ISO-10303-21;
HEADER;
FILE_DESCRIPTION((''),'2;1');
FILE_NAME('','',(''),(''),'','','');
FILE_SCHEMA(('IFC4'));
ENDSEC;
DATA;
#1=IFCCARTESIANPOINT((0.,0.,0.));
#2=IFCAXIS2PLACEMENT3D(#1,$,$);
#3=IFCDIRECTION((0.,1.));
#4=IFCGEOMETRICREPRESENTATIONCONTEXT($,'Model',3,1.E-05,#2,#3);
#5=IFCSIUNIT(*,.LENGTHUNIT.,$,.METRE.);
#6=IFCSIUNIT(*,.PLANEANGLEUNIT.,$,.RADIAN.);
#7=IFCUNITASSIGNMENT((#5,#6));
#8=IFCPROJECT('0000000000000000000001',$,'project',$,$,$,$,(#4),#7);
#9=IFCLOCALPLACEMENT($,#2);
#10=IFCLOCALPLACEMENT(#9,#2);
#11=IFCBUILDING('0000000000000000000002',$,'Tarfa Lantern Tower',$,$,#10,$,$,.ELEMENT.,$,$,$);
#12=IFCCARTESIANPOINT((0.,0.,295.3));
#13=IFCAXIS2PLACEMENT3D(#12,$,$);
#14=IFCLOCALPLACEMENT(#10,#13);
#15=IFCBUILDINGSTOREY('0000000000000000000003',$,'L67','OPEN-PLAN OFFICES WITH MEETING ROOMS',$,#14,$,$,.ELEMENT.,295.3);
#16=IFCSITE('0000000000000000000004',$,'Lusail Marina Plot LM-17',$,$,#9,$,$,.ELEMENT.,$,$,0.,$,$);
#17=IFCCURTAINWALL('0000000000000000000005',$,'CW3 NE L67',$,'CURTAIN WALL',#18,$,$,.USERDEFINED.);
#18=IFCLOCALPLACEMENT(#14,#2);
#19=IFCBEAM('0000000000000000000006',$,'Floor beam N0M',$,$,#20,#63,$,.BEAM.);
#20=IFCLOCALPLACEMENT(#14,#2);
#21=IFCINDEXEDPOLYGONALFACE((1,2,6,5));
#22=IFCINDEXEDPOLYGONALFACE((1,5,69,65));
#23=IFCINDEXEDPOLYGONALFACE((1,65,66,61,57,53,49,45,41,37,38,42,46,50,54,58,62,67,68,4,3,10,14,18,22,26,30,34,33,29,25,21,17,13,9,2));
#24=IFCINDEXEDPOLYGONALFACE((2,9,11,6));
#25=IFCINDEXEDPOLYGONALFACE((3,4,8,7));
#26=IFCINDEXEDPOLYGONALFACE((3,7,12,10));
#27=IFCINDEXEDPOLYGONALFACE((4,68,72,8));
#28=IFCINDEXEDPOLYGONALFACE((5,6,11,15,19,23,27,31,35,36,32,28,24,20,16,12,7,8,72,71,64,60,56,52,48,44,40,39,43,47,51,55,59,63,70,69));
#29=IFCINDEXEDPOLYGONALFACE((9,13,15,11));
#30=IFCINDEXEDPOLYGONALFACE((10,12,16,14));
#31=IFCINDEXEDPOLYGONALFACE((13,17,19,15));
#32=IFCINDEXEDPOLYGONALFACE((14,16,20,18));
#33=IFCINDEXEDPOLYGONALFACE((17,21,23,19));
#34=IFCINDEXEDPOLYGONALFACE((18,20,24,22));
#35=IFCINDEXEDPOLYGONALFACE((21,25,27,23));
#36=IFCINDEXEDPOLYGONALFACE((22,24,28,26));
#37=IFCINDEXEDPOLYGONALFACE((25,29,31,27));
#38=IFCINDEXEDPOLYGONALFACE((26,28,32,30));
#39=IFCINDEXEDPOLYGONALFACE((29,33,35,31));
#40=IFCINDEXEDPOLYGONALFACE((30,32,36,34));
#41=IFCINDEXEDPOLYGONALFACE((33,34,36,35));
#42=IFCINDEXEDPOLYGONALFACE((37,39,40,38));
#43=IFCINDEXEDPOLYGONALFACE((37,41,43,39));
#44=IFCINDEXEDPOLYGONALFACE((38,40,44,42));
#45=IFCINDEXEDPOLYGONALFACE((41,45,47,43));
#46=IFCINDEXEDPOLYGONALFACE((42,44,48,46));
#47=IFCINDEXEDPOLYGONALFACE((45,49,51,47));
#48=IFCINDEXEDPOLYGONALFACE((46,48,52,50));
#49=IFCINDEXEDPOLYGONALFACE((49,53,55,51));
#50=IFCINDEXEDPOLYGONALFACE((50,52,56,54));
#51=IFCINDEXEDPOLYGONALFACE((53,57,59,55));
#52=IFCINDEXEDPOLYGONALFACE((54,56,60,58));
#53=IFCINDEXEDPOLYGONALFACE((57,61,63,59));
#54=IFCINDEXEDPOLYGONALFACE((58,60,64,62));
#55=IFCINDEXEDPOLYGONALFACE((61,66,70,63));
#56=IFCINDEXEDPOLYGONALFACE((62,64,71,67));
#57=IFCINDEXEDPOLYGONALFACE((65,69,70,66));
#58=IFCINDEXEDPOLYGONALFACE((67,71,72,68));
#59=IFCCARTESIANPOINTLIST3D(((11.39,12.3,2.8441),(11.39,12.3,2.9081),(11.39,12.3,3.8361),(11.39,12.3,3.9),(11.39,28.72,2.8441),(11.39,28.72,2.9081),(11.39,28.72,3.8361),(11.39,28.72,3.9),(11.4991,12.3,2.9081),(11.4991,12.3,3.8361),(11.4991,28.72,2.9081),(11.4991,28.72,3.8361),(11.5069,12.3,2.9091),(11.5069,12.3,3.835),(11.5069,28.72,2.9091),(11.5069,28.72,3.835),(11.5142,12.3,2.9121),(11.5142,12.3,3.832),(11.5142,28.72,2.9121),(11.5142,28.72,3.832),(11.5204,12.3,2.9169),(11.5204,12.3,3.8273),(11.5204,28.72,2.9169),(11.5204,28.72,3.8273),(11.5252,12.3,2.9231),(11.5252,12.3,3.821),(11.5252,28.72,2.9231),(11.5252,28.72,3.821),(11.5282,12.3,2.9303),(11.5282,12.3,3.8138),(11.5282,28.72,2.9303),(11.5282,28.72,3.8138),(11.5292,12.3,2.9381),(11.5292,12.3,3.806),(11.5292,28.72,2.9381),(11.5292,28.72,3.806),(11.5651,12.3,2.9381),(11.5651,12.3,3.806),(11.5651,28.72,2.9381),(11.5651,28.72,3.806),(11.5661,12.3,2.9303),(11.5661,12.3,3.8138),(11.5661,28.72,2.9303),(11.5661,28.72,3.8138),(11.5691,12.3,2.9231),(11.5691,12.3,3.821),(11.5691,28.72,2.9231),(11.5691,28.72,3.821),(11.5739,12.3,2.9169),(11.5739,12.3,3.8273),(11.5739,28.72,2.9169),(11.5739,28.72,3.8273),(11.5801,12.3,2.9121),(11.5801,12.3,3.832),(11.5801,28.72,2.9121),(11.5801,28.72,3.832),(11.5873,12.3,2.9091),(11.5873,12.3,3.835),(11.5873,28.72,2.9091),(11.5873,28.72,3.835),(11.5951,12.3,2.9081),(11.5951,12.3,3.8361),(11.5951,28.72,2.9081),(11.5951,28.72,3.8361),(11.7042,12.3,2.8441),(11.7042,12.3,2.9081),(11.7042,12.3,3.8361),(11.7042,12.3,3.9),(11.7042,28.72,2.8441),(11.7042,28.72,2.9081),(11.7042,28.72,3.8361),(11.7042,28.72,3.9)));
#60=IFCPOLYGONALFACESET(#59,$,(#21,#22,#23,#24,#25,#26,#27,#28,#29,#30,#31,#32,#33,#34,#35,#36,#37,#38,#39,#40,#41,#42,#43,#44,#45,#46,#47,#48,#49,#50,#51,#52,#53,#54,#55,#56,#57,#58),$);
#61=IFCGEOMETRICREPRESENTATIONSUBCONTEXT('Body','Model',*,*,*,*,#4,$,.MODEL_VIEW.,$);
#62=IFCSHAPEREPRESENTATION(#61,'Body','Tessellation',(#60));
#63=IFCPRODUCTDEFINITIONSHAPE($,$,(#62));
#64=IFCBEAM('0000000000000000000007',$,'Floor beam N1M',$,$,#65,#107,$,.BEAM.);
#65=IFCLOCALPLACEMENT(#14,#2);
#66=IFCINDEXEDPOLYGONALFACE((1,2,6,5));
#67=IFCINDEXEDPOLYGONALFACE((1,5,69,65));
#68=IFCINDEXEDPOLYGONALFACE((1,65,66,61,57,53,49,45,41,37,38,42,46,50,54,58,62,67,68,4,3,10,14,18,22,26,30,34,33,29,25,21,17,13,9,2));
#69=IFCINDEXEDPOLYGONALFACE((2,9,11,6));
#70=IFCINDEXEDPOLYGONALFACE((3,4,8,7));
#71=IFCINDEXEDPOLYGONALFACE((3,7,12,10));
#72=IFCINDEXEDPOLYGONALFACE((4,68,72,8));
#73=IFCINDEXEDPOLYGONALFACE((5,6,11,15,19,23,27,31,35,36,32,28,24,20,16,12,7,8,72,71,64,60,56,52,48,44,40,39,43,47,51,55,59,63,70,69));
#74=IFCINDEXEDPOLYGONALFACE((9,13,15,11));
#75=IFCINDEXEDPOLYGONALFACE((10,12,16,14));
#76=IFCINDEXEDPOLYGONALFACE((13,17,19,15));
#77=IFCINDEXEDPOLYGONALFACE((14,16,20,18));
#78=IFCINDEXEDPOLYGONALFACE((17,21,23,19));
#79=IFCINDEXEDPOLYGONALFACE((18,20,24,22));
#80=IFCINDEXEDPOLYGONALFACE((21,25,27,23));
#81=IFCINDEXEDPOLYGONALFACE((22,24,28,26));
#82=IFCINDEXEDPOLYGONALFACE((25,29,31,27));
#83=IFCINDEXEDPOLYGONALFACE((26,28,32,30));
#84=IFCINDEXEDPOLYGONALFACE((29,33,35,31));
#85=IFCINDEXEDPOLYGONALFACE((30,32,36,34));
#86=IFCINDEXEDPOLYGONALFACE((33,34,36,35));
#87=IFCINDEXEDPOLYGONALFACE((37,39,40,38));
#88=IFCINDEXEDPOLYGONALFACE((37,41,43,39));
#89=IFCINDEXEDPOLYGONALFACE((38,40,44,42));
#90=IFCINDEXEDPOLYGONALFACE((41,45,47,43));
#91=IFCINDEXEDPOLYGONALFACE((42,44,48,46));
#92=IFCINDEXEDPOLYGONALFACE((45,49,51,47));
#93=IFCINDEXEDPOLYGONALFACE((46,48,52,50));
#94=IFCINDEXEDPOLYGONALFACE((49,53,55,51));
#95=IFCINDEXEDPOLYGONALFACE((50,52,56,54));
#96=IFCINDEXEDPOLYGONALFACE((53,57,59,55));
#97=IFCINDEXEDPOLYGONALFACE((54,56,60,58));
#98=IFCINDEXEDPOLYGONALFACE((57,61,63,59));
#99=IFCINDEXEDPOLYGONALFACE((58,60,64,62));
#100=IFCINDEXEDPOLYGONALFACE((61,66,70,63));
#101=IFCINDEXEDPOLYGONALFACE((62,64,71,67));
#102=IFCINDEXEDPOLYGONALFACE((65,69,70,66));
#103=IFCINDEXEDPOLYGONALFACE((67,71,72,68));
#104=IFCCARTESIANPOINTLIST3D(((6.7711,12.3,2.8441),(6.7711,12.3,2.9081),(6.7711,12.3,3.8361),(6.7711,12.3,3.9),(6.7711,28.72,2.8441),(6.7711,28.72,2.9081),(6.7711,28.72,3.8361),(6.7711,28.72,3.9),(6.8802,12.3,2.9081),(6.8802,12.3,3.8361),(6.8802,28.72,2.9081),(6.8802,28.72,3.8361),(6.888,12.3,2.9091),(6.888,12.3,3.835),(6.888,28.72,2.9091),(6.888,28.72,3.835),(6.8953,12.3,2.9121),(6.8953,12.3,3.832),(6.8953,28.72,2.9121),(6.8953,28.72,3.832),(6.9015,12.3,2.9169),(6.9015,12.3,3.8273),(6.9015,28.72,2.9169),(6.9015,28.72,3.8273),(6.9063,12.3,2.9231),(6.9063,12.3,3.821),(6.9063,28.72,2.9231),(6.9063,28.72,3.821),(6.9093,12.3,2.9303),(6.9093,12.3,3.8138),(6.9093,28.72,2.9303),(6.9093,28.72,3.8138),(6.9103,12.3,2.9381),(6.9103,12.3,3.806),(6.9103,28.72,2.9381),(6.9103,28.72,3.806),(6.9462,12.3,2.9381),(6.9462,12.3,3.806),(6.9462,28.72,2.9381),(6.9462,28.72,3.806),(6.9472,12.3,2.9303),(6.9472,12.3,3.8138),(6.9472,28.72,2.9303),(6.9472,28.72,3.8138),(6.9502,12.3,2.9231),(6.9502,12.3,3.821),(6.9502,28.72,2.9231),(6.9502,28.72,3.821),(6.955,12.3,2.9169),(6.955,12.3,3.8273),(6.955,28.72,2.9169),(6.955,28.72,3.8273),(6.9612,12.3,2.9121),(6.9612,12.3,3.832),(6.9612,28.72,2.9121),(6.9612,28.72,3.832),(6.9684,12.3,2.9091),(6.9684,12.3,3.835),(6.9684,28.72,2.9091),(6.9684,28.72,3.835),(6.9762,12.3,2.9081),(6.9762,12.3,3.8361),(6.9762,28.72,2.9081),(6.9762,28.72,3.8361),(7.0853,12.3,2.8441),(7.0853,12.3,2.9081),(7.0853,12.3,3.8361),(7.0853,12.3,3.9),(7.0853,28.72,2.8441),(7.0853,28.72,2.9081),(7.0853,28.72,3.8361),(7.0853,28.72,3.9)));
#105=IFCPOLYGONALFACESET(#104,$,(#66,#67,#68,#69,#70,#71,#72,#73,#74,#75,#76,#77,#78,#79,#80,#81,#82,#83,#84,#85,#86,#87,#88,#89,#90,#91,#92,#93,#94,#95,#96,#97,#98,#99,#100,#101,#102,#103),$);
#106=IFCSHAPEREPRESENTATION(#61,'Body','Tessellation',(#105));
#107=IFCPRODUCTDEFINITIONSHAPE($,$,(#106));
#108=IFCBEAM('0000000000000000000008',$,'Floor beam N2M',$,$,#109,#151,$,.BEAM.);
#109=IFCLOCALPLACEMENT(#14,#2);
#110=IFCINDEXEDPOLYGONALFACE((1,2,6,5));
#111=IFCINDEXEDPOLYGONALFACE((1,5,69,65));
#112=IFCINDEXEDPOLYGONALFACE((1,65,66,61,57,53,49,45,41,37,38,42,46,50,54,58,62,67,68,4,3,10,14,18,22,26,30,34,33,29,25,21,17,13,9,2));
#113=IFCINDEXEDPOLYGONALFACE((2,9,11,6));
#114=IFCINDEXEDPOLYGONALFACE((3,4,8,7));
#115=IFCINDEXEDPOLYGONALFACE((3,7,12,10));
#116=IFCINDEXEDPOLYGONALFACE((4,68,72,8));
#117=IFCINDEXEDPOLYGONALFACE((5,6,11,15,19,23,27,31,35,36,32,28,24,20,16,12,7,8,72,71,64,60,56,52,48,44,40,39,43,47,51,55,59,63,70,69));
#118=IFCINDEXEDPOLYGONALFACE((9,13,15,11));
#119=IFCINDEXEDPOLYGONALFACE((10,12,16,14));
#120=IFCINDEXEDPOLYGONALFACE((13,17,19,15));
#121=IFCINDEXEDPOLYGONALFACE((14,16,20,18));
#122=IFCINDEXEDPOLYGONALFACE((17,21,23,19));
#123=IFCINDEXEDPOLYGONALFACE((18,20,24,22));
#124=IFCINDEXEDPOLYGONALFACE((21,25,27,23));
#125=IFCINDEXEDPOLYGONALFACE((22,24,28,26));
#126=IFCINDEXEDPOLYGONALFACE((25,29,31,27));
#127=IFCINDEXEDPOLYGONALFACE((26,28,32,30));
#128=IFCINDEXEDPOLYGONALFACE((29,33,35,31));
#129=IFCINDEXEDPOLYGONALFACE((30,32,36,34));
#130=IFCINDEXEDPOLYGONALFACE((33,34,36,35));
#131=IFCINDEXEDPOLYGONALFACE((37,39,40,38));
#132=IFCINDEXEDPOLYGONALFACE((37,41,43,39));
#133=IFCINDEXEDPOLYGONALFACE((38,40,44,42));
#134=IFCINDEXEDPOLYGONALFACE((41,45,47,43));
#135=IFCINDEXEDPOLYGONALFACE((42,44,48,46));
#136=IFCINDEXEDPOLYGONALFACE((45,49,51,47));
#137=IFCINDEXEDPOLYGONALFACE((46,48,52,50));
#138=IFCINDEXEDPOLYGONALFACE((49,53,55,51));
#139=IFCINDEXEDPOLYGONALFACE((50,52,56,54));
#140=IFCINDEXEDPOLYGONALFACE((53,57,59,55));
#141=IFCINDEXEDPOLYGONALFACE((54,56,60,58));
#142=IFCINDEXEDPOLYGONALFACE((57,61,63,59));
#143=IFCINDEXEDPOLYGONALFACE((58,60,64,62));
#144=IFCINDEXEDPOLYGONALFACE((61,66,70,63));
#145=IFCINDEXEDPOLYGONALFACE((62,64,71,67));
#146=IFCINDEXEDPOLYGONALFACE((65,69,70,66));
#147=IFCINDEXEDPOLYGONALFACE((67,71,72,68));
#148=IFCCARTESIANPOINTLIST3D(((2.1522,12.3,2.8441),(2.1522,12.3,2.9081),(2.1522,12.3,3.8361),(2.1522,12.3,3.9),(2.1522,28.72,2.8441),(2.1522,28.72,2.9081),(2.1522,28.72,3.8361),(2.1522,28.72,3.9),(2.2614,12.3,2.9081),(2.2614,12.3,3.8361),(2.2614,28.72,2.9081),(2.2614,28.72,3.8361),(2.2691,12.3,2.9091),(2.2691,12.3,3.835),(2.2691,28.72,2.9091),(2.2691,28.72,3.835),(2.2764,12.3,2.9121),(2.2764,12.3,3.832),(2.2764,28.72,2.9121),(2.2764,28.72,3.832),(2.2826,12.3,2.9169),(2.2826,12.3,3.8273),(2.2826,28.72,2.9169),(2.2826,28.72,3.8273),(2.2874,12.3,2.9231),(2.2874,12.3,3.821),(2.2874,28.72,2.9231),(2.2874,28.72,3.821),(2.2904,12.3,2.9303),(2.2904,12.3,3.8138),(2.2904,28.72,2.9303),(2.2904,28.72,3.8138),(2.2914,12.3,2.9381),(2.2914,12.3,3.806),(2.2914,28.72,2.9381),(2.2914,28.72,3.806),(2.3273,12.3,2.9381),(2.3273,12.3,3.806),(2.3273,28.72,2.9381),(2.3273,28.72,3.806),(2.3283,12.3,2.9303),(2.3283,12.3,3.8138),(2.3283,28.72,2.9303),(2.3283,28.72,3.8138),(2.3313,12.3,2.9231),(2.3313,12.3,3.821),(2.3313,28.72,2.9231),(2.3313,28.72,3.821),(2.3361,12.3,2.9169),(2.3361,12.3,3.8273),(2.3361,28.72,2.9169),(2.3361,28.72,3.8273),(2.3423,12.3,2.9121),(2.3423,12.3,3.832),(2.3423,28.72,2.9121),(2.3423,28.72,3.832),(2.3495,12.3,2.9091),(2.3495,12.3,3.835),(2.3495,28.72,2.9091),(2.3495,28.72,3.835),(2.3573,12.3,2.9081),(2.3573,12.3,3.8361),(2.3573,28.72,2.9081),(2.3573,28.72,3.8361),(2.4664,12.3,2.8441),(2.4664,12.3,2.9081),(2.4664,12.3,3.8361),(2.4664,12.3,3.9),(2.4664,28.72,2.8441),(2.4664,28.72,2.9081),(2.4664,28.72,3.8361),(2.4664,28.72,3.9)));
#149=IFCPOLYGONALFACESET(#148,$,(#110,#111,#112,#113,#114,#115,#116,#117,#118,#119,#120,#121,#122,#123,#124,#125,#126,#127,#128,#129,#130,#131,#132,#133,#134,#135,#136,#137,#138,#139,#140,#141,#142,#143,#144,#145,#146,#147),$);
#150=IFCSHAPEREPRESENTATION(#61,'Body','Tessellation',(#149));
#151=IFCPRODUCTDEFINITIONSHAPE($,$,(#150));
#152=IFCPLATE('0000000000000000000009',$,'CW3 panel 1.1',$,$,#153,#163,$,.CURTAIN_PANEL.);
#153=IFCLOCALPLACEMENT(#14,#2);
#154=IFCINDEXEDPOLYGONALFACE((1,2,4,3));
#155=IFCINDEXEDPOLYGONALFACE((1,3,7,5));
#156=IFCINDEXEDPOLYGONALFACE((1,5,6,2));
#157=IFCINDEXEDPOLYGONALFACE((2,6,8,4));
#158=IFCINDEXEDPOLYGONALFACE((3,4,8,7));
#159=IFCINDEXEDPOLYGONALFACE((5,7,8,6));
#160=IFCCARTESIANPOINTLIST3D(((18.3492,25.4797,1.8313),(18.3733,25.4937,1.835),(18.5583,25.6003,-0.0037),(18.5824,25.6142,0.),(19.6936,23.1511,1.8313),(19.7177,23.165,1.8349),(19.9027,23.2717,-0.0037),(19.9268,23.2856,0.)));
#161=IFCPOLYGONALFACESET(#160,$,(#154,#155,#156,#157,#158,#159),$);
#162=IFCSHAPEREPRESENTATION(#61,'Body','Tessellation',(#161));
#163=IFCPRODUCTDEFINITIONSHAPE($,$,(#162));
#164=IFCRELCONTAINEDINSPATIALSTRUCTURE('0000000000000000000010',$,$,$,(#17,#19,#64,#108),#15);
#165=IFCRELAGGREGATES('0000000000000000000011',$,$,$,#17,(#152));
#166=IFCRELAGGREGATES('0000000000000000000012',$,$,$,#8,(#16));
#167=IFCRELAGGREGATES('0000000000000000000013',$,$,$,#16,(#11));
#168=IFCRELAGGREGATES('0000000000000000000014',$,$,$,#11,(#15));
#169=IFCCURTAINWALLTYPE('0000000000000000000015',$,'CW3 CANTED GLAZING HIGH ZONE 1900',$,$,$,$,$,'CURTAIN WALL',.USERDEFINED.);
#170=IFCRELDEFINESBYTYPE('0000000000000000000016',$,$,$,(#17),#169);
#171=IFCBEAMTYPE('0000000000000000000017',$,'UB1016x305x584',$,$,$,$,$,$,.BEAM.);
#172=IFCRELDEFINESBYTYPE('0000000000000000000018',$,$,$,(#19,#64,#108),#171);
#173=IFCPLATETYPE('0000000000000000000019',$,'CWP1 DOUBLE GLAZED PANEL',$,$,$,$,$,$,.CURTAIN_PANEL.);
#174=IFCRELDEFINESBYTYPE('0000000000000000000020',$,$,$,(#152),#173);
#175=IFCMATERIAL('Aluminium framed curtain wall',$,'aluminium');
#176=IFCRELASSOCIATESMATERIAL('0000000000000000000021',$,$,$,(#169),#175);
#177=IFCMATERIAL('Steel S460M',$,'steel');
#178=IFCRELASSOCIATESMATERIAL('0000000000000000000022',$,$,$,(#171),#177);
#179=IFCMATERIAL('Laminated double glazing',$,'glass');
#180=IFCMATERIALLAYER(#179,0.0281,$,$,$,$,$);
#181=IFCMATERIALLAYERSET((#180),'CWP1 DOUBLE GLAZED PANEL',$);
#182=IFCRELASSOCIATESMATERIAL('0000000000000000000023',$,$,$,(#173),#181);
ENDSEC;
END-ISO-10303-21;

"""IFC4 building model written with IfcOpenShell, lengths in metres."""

from ifc_helpers import new_model, si_unit, direction, frame, origin, origin_2d, place, context, subcontext, project, spatial, polyline, i_section, outline, extrude, material, layer, layer_set, material_profile, profile_set, type_object, element, aggregate, save


model = new_model("IFC4")

# Units and contexts
model_context = context("Model", 3, precision=1e-05, world=origin(), true_north=direction((0.0, 1.0)))
body_context = subcontext(model_context, "Body", "Model", "MODEL_VIEW")
ifc_project = project(units=[si_unit("LENGTHUNIT", "METRE"), si_unit("PLANEANGLEUNIT", "RADIAN")], contexts=[model_context])

# Site, building, storey
site_placement = place(None, origin())
site = spatial("IfcSite", under=ifc_project, at=site_placement, Name="Lusail Marina Plot LM-17", CompositionType="ELEMENT", RefElevation=0.0)
building_placement = place(site_placement, origin())
building = spatial("IfcBuilding", under=site, at=building_placement, Name="Tarfa Lantern Tower", CompositionType="ELEMENT")
storey_placement = place(building_placement, frame((0.0, 0.0, 295.3)))
storey = spatial("IfcBuildingStorey", under=building, at=storey_placement, Name="L67", Description="OPEN-PLAN OFFICES WITH MEETING ROOMS", CompositionType="ELEMENT", Elevation=295.3)

# Curtain wall
ifc_material_1 = material(Name="Aluminium framed curtain wall", Category="aluminium")
curtain_wall_type = type_object("IfcCurtainWallType", Name="CW3 CANTED GLAZING HIGH ZONE 1900", ElementType="CURTAIN WALL", PredefinedType="USERDEFINED", material=ifc_material_1)
curtain_wall_placement = place(storey_placement, origin())
curtain_wall = element("IfcCurtainWall", 1, at=curtain_wall_placement, inside=storey, type_object=curtain_wall_type, Name="CW3 NE L67", ObjectType="CURTAIN WALL", PredefinedType="USERDEFINED")

# Beams
ifc_material_2 = material(Name="Steel S460M", Category="steel")
ifc_material_profile_1 = material_profile(ifc_material_2, i_section(OverallWidth=0.3142, OverallDepth=1.0559, WebThickness=0.0359, FlangeThickness=0.064, FilletRadius=0.03, at=origin_2d()), Name="UB1016x305x584")
ifc_profile_set_1 = profile_set([ifc_material_profile_1], Name="Steel S460M")
beam_type_1 = type_object("IfcBeamType", Name="UB1016x305x584", PredefinedType="BEAM", material=ifc_profile_set_1)
for number, where, z_axis, x_axis, name in (
    (2, (11.5471, 28.72, 3.3721), (0.0, -1.0, 0.0), (1.0, 0.0, 0.0), "Floor beam N0M"),
    (3, (6.9282, 28.72, 3.3721), (0.0, -1.0, 0.0), (1.0, 0.0, 0.0), "Floor beam N1M"),
    (4, (2.3093, 28.72, 3.3721), (0.0, -1.0, 0.0), (1.0, 0.0, 0.0), "Floor beam N2M"),
):
    element("IfcBeam", number, at=place(storey_placement, frame(where, z_axis=z_axis, x_axis=x_axis)), inside=storey, type_object=beam_type_1, Name=name, PredefinedType="BEAM", context=body_context, shape_type="SweptSolid", body=[
        extrude(i_section(OverallWidth=0.3142, OverallDepth=1.0559, WebThickness=0.0359, FlangeThickness=0.064, FilletRadius=0.03, at=origin_2d()), origin(), (0.0, 0.0, 1.0), 16.4199),
    ])

# Plate
ifc_material_3 = material(Name="Laminated double glazing", Category="glass")
ifc_layer_1 = layer(ifc_material_3, 0.0281)
ifc_layer_set_1 = layer_set([ifc_layer_1], Name="CWP1 DOUBLE GLAZED PANEL")
plate_type = type_object("IfcPlateType", Name="CWP1 DOUBLE GLAZED PANEL", PredefinedType="CURTAIN_PANEL", material=ifc_layer_set_1)
plate_placement = place(storey_placement, frame((19.9268, 23.2856, 0.0), z_axis=(0.858638, 0.495711, 0.130429), x_axis=(-0.499981, 0.866036, -0.000005)))
plate = element("IfcPlate", 5, at=plate_placement, type_object=plate_type, Name="CW3 panel 1.1", PredefinedType="CURTAIN_PANEL", context=body_context, shape_type="SweptSolid", body=[
    extrude(outline(polyline([(0.0, 0.0), (2.6888, 0.0), (2.6889, 1.8508), (0.0, 1.8508), (0.0, 0.0)])), origin(), (0.0, 0.0, -1.0), 0.0281),
])
aggregate(curtain_wall, [plate])

save(model, "model.ifc")
